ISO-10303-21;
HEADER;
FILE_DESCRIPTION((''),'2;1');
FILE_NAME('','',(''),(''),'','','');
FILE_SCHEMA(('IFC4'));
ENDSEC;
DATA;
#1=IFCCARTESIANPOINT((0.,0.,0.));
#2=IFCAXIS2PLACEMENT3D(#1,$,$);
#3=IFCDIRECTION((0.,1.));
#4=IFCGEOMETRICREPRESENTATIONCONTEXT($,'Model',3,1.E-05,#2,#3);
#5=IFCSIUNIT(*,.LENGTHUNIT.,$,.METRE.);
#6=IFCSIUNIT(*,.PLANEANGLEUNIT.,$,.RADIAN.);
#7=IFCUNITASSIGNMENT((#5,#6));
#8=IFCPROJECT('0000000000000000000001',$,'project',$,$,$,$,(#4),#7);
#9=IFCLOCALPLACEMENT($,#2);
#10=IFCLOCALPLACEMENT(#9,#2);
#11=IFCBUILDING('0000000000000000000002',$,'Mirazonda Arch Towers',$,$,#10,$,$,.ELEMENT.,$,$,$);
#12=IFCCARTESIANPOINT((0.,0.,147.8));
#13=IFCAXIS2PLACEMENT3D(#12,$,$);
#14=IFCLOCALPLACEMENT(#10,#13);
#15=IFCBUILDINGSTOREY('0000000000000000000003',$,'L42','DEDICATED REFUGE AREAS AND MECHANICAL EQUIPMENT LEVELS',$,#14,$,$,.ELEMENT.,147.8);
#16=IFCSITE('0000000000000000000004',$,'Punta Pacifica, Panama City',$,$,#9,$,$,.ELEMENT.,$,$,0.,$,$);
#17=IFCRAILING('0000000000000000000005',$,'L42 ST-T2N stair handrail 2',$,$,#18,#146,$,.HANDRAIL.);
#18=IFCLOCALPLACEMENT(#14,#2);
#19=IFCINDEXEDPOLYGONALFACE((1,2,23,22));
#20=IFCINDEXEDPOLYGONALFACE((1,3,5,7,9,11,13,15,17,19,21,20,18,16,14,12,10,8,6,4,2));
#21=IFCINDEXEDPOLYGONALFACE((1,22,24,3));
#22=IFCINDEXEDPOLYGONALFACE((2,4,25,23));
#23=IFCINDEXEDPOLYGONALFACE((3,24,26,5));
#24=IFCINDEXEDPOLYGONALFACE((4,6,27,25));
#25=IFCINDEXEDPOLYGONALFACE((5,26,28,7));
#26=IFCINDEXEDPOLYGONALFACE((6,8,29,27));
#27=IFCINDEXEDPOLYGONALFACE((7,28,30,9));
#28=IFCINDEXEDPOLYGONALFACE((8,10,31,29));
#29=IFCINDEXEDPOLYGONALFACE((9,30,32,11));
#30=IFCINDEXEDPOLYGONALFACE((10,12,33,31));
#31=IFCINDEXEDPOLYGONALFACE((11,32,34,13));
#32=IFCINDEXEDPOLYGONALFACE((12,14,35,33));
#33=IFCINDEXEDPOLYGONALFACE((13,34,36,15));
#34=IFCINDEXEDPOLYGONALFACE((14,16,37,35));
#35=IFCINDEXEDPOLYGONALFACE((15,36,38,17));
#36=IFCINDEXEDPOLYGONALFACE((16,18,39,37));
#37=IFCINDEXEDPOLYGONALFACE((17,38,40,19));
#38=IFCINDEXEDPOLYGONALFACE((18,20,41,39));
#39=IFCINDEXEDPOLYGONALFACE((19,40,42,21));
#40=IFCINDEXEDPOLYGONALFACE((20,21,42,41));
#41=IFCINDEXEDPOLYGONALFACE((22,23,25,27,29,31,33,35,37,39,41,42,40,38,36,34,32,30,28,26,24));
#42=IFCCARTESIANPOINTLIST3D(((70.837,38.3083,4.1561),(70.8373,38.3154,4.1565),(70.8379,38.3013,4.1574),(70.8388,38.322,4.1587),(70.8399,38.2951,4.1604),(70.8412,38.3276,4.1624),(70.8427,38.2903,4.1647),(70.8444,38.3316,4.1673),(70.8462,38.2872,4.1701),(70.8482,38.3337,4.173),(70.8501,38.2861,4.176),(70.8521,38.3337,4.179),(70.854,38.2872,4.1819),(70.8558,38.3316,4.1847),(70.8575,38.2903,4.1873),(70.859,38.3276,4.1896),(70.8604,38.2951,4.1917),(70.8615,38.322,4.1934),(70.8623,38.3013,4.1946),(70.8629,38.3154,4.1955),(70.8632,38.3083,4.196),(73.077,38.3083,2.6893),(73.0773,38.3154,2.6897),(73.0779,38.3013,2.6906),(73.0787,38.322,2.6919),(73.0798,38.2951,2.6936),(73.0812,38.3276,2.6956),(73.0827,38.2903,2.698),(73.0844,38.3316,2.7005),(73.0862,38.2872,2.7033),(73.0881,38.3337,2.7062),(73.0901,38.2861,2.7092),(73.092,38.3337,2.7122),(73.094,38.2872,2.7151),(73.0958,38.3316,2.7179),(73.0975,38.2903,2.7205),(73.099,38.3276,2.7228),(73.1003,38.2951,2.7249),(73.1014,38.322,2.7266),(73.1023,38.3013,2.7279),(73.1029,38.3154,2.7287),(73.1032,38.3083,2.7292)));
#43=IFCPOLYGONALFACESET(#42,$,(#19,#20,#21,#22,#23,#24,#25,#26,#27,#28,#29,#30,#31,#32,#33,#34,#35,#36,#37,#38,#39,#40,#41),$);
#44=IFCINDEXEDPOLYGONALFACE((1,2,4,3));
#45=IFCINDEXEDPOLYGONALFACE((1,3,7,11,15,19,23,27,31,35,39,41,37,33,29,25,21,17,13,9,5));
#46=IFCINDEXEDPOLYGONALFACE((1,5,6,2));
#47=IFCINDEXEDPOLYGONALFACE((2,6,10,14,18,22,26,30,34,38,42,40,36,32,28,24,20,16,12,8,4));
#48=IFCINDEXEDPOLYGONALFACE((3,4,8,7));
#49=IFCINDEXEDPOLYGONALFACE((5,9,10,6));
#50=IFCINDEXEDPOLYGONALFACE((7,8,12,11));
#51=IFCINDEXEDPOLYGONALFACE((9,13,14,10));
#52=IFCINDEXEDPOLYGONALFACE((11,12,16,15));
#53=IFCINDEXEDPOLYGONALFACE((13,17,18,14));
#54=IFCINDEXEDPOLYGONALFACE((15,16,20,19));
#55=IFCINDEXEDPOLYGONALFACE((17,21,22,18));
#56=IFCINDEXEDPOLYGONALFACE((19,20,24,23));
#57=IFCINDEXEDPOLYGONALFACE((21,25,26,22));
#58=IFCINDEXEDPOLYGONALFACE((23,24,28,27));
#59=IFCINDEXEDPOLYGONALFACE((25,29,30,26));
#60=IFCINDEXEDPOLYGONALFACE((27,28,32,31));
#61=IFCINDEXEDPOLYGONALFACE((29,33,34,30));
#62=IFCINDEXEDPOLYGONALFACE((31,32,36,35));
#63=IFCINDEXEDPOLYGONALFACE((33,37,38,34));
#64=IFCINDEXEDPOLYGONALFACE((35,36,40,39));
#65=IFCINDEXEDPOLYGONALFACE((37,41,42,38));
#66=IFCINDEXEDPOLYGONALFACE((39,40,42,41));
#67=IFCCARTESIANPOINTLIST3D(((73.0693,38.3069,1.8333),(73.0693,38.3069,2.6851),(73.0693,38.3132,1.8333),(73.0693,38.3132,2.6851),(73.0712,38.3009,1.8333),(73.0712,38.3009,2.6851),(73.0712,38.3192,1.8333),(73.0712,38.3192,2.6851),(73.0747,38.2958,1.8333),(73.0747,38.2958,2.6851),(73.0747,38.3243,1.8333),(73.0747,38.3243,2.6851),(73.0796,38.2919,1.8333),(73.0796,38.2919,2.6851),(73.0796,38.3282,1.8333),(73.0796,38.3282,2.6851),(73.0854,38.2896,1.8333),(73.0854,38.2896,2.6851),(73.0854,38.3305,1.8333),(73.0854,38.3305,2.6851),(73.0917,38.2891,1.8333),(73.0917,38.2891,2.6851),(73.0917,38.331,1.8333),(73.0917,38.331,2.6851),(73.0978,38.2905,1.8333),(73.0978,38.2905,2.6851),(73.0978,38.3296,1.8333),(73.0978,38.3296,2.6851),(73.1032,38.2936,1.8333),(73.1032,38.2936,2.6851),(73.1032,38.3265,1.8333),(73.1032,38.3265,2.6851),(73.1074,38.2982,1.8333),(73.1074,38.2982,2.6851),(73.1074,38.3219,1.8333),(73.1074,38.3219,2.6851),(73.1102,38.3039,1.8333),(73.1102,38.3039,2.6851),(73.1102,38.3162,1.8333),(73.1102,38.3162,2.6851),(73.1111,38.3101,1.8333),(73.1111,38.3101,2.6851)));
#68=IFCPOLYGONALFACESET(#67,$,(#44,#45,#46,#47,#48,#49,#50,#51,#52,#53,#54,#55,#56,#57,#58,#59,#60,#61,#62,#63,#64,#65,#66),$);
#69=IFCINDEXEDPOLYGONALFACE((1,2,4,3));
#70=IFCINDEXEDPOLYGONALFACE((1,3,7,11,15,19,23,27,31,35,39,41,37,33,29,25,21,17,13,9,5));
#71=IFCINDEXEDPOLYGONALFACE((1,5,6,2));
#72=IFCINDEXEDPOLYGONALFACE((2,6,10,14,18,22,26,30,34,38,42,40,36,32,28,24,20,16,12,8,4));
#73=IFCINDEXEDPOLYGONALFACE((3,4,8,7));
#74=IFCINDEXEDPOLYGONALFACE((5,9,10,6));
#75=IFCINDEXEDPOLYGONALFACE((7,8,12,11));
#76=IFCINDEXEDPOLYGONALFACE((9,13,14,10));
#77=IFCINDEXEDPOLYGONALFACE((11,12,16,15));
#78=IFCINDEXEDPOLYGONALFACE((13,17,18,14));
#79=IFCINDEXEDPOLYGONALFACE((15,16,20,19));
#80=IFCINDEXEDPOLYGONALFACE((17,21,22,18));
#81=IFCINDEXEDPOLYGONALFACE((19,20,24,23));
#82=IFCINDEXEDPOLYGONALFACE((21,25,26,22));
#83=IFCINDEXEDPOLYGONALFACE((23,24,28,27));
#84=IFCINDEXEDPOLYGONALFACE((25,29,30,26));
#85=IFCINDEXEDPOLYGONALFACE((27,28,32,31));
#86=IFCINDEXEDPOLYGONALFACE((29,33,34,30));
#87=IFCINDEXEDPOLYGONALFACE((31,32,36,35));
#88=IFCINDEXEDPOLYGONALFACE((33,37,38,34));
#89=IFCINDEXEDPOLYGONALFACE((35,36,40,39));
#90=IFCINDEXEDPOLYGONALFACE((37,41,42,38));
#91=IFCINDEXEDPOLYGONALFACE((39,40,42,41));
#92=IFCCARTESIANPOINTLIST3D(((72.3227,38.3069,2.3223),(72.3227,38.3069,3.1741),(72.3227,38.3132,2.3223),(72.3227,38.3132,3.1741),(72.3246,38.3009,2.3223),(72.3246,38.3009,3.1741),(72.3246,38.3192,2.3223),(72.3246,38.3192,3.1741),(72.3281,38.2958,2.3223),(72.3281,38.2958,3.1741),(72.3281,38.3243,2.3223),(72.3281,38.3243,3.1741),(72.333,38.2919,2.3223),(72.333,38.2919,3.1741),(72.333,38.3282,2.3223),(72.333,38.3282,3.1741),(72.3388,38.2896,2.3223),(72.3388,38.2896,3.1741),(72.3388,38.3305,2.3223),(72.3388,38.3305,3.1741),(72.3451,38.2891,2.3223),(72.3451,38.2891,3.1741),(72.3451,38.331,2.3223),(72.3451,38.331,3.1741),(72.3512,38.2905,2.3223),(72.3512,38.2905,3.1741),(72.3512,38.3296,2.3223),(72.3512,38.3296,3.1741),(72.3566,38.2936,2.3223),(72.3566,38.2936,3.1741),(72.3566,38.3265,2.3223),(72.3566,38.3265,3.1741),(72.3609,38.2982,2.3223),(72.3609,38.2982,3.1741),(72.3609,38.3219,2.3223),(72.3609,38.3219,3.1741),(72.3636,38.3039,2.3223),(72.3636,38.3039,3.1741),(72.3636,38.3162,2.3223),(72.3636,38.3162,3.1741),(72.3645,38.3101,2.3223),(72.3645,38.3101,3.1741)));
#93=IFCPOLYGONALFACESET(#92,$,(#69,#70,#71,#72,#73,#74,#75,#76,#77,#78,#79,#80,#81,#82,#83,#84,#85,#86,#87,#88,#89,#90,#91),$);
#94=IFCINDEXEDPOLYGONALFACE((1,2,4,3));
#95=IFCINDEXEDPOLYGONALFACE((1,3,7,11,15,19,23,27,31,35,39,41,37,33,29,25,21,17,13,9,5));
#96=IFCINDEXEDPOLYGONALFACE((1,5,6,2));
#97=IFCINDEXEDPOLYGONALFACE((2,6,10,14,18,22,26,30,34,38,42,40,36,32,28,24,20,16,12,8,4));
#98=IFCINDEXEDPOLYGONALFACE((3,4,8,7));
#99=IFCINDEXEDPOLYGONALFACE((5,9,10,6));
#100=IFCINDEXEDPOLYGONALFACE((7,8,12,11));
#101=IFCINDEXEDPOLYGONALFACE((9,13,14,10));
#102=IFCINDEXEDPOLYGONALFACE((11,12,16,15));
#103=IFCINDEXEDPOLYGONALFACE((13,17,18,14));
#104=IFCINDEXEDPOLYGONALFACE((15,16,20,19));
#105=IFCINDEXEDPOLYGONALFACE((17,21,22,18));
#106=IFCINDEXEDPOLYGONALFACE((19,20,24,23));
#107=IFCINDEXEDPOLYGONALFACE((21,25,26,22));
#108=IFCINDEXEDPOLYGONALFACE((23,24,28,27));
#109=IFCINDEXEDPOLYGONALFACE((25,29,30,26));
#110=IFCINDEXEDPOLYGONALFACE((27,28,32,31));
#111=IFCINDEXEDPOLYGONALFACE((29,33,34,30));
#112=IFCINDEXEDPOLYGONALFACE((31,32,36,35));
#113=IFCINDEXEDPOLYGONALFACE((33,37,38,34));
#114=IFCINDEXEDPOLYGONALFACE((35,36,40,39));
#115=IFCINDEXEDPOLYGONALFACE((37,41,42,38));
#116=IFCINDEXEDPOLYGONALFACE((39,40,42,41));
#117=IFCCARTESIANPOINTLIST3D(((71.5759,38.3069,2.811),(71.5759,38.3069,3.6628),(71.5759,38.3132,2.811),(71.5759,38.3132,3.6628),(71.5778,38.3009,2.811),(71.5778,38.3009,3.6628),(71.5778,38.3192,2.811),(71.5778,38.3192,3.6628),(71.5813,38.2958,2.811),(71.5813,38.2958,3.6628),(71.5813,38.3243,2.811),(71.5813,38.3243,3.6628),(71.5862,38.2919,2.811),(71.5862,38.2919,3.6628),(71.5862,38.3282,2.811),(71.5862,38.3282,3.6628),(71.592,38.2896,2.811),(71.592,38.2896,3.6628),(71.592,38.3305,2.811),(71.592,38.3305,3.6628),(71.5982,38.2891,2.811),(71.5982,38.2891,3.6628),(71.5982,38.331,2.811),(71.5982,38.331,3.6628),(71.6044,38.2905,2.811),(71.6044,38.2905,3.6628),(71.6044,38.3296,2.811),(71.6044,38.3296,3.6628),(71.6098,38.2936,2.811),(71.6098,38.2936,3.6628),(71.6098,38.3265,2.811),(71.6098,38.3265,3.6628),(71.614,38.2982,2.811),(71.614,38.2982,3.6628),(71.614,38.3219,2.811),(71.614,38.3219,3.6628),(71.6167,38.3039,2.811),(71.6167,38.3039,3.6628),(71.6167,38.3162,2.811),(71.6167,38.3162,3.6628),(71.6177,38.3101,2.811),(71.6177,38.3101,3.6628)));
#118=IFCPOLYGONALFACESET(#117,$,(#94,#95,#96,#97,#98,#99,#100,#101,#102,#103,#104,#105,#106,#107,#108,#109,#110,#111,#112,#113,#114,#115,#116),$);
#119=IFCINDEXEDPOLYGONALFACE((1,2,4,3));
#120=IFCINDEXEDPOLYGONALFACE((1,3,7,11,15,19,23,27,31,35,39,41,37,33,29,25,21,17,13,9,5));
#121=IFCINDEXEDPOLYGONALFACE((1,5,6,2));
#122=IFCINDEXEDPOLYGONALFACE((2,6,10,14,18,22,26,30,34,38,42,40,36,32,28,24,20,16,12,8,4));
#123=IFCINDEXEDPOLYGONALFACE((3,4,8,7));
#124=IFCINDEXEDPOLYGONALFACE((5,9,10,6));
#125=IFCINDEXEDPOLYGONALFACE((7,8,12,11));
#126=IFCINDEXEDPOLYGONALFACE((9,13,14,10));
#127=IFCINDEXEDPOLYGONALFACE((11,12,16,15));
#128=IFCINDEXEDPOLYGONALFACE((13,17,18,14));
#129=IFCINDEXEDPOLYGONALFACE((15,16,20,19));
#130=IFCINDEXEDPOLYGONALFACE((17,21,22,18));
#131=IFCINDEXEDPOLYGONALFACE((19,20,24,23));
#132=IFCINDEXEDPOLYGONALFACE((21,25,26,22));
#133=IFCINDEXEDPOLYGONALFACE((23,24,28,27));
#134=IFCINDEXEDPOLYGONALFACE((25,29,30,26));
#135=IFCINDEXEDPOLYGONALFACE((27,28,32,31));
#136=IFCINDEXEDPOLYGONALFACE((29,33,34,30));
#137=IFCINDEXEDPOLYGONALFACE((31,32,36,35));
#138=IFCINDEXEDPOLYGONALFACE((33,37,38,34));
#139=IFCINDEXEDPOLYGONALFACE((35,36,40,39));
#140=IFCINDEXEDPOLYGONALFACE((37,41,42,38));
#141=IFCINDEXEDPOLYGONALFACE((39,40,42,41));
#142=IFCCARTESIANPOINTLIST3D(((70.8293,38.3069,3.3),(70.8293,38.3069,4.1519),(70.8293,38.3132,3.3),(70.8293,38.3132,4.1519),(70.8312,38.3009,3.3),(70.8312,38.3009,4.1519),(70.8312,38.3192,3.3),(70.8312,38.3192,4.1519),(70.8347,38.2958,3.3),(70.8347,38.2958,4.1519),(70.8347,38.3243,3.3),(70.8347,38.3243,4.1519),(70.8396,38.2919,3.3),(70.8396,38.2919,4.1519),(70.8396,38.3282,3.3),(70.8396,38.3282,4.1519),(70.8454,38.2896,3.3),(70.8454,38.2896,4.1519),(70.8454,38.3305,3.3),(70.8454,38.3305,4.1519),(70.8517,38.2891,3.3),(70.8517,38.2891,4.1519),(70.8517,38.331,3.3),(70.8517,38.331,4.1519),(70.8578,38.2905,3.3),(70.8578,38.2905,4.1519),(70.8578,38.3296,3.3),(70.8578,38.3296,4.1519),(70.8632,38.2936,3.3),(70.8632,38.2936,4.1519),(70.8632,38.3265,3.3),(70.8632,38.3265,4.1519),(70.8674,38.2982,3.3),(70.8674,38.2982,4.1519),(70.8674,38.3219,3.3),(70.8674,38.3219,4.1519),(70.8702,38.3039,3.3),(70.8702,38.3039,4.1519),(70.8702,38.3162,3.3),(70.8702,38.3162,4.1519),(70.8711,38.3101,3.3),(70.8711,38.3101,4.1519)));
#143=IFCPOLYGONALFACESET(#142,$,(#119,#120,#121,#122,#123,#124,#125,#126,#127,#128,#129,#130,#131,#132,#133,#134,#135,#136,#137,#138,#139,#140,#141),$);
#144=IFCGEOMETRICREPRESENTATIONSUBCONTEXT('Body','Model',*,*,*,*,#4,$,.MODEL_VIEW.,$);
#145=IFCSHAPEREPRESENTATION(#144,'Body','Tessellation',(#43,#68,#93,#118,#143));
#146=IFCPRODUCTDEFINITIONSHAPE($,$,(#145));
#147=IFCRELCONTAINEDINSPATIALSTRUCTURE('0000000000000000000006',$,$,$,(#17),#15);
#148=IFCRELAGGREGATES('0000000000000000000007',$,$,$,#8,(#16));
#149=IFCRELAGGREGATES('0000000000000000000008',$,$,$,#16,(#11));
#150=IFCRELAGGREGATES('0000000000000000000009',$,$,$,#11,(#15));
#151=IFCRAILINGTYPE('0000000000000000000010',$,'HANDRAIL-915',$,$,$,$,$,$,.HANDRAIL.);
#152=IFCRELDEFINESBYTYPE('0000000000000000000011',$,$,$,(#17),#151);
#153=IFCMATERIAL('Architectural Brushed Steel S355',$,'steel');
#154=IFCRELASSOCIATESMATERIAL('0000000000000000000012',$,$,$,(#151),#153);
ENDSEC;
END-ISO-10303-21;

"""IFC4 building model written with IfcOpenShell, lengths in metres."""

from ifc_helpers import new_model, si_unit, direction, frame, origin, origin_2d, place, context, subcontext, project, spatial, circle, extrude, material, type_object, element, save


model = new_model("IFC4")

# Units and contexts
model_context = context("Model", 3, precision=1e-05, world=origin(), true_north=direction((0.0, 1.0)))
body_context = subcontext(model_context, "Body", "Model", "MODEL_VIEW")
ifc_project = project(units=[si_unit("LENGTHUNIT", "METRE"), si_unit("PLANEANGLEUNIT", "RADIAN")], contexts=[model_context])

# Site, building, storey
site_placement = place(None, origin())
site = spatial("IfcSite", under=ifc_project, at=site_placement, Name="Punta Pacifica, Panama City", CompositionType="ELEMENT", RefElevation=0.0)
building_placement = place(site_placement, origin())
building = spatial("IfcBuilding", under=site, at=building_placement, Name="Mirazonda Arch Towers", CompositionType="ELEMENT")
storey_placement = place(building_placement, frame((0.0, 0.0, 147.8)))
storey = spatial("IfcBuildingStorey", under=building, at=storey_placement, Name="L42", Description="DEDICATED REFUGE AREAS AND MECHANICAL EQUIPMENT LEVELS", CompositionType="ELEMENT", Elevation=147.8)

# Shared definitions
ifc_material_1 = material(Name="Architectural Brushed Steel S355", Category="steel")

# Railing
railing_type_1 = type_object("IfcRailingType", Name="HANDRAIL-915", PredefinedType="HANDRAIL", material=ifc_material_1)
railing_1_placement = place(storey_placement, frame((73.0901, 38.3101, 1.8333)))
element("IfcRailing", 1, at=railing_1_placement, inside=storey, type_object=railing_type_1, Name="L42 ST-T2N stair handrail 2", PredefinedType="HANDRAIL", context=body_context, shape_type="SweptSolid", body=[
    extrude(circle(Radius=0.0239, at=origin_2d()), frame((0.0, 0.0, 0.876), z_axis=(-0.836595, 0.0, 0.547822), x_axis=(0.0, -1.0, 0.0)), (0.0, 0.0, 1.0), 2.6775),
    extrude(circle(Radius=0.021, at=origin_2d()), origin(), (0.0, 0.0, 1.0), 0.8518),
    extrude(circle(Radius=0.021, at=origin_2d()), frame((-0.7466, 0.0, 0.489)), (0.0, 0.0, 1.0), 0.8518),
    extrude(circle(Radius=0.021, at=origin_2d()), frame((-1.4934, 0.0, 0.9778)), (0.0, 0.0, 1.0), 0.8518),
    extrude(circle(Radius=0.021, at=origin_2d()), frame((-2.24, 0.0, 1.4668)), (0.0, 0.0, 1.0), 0.8518),
])

save(model, "model.ifc")
